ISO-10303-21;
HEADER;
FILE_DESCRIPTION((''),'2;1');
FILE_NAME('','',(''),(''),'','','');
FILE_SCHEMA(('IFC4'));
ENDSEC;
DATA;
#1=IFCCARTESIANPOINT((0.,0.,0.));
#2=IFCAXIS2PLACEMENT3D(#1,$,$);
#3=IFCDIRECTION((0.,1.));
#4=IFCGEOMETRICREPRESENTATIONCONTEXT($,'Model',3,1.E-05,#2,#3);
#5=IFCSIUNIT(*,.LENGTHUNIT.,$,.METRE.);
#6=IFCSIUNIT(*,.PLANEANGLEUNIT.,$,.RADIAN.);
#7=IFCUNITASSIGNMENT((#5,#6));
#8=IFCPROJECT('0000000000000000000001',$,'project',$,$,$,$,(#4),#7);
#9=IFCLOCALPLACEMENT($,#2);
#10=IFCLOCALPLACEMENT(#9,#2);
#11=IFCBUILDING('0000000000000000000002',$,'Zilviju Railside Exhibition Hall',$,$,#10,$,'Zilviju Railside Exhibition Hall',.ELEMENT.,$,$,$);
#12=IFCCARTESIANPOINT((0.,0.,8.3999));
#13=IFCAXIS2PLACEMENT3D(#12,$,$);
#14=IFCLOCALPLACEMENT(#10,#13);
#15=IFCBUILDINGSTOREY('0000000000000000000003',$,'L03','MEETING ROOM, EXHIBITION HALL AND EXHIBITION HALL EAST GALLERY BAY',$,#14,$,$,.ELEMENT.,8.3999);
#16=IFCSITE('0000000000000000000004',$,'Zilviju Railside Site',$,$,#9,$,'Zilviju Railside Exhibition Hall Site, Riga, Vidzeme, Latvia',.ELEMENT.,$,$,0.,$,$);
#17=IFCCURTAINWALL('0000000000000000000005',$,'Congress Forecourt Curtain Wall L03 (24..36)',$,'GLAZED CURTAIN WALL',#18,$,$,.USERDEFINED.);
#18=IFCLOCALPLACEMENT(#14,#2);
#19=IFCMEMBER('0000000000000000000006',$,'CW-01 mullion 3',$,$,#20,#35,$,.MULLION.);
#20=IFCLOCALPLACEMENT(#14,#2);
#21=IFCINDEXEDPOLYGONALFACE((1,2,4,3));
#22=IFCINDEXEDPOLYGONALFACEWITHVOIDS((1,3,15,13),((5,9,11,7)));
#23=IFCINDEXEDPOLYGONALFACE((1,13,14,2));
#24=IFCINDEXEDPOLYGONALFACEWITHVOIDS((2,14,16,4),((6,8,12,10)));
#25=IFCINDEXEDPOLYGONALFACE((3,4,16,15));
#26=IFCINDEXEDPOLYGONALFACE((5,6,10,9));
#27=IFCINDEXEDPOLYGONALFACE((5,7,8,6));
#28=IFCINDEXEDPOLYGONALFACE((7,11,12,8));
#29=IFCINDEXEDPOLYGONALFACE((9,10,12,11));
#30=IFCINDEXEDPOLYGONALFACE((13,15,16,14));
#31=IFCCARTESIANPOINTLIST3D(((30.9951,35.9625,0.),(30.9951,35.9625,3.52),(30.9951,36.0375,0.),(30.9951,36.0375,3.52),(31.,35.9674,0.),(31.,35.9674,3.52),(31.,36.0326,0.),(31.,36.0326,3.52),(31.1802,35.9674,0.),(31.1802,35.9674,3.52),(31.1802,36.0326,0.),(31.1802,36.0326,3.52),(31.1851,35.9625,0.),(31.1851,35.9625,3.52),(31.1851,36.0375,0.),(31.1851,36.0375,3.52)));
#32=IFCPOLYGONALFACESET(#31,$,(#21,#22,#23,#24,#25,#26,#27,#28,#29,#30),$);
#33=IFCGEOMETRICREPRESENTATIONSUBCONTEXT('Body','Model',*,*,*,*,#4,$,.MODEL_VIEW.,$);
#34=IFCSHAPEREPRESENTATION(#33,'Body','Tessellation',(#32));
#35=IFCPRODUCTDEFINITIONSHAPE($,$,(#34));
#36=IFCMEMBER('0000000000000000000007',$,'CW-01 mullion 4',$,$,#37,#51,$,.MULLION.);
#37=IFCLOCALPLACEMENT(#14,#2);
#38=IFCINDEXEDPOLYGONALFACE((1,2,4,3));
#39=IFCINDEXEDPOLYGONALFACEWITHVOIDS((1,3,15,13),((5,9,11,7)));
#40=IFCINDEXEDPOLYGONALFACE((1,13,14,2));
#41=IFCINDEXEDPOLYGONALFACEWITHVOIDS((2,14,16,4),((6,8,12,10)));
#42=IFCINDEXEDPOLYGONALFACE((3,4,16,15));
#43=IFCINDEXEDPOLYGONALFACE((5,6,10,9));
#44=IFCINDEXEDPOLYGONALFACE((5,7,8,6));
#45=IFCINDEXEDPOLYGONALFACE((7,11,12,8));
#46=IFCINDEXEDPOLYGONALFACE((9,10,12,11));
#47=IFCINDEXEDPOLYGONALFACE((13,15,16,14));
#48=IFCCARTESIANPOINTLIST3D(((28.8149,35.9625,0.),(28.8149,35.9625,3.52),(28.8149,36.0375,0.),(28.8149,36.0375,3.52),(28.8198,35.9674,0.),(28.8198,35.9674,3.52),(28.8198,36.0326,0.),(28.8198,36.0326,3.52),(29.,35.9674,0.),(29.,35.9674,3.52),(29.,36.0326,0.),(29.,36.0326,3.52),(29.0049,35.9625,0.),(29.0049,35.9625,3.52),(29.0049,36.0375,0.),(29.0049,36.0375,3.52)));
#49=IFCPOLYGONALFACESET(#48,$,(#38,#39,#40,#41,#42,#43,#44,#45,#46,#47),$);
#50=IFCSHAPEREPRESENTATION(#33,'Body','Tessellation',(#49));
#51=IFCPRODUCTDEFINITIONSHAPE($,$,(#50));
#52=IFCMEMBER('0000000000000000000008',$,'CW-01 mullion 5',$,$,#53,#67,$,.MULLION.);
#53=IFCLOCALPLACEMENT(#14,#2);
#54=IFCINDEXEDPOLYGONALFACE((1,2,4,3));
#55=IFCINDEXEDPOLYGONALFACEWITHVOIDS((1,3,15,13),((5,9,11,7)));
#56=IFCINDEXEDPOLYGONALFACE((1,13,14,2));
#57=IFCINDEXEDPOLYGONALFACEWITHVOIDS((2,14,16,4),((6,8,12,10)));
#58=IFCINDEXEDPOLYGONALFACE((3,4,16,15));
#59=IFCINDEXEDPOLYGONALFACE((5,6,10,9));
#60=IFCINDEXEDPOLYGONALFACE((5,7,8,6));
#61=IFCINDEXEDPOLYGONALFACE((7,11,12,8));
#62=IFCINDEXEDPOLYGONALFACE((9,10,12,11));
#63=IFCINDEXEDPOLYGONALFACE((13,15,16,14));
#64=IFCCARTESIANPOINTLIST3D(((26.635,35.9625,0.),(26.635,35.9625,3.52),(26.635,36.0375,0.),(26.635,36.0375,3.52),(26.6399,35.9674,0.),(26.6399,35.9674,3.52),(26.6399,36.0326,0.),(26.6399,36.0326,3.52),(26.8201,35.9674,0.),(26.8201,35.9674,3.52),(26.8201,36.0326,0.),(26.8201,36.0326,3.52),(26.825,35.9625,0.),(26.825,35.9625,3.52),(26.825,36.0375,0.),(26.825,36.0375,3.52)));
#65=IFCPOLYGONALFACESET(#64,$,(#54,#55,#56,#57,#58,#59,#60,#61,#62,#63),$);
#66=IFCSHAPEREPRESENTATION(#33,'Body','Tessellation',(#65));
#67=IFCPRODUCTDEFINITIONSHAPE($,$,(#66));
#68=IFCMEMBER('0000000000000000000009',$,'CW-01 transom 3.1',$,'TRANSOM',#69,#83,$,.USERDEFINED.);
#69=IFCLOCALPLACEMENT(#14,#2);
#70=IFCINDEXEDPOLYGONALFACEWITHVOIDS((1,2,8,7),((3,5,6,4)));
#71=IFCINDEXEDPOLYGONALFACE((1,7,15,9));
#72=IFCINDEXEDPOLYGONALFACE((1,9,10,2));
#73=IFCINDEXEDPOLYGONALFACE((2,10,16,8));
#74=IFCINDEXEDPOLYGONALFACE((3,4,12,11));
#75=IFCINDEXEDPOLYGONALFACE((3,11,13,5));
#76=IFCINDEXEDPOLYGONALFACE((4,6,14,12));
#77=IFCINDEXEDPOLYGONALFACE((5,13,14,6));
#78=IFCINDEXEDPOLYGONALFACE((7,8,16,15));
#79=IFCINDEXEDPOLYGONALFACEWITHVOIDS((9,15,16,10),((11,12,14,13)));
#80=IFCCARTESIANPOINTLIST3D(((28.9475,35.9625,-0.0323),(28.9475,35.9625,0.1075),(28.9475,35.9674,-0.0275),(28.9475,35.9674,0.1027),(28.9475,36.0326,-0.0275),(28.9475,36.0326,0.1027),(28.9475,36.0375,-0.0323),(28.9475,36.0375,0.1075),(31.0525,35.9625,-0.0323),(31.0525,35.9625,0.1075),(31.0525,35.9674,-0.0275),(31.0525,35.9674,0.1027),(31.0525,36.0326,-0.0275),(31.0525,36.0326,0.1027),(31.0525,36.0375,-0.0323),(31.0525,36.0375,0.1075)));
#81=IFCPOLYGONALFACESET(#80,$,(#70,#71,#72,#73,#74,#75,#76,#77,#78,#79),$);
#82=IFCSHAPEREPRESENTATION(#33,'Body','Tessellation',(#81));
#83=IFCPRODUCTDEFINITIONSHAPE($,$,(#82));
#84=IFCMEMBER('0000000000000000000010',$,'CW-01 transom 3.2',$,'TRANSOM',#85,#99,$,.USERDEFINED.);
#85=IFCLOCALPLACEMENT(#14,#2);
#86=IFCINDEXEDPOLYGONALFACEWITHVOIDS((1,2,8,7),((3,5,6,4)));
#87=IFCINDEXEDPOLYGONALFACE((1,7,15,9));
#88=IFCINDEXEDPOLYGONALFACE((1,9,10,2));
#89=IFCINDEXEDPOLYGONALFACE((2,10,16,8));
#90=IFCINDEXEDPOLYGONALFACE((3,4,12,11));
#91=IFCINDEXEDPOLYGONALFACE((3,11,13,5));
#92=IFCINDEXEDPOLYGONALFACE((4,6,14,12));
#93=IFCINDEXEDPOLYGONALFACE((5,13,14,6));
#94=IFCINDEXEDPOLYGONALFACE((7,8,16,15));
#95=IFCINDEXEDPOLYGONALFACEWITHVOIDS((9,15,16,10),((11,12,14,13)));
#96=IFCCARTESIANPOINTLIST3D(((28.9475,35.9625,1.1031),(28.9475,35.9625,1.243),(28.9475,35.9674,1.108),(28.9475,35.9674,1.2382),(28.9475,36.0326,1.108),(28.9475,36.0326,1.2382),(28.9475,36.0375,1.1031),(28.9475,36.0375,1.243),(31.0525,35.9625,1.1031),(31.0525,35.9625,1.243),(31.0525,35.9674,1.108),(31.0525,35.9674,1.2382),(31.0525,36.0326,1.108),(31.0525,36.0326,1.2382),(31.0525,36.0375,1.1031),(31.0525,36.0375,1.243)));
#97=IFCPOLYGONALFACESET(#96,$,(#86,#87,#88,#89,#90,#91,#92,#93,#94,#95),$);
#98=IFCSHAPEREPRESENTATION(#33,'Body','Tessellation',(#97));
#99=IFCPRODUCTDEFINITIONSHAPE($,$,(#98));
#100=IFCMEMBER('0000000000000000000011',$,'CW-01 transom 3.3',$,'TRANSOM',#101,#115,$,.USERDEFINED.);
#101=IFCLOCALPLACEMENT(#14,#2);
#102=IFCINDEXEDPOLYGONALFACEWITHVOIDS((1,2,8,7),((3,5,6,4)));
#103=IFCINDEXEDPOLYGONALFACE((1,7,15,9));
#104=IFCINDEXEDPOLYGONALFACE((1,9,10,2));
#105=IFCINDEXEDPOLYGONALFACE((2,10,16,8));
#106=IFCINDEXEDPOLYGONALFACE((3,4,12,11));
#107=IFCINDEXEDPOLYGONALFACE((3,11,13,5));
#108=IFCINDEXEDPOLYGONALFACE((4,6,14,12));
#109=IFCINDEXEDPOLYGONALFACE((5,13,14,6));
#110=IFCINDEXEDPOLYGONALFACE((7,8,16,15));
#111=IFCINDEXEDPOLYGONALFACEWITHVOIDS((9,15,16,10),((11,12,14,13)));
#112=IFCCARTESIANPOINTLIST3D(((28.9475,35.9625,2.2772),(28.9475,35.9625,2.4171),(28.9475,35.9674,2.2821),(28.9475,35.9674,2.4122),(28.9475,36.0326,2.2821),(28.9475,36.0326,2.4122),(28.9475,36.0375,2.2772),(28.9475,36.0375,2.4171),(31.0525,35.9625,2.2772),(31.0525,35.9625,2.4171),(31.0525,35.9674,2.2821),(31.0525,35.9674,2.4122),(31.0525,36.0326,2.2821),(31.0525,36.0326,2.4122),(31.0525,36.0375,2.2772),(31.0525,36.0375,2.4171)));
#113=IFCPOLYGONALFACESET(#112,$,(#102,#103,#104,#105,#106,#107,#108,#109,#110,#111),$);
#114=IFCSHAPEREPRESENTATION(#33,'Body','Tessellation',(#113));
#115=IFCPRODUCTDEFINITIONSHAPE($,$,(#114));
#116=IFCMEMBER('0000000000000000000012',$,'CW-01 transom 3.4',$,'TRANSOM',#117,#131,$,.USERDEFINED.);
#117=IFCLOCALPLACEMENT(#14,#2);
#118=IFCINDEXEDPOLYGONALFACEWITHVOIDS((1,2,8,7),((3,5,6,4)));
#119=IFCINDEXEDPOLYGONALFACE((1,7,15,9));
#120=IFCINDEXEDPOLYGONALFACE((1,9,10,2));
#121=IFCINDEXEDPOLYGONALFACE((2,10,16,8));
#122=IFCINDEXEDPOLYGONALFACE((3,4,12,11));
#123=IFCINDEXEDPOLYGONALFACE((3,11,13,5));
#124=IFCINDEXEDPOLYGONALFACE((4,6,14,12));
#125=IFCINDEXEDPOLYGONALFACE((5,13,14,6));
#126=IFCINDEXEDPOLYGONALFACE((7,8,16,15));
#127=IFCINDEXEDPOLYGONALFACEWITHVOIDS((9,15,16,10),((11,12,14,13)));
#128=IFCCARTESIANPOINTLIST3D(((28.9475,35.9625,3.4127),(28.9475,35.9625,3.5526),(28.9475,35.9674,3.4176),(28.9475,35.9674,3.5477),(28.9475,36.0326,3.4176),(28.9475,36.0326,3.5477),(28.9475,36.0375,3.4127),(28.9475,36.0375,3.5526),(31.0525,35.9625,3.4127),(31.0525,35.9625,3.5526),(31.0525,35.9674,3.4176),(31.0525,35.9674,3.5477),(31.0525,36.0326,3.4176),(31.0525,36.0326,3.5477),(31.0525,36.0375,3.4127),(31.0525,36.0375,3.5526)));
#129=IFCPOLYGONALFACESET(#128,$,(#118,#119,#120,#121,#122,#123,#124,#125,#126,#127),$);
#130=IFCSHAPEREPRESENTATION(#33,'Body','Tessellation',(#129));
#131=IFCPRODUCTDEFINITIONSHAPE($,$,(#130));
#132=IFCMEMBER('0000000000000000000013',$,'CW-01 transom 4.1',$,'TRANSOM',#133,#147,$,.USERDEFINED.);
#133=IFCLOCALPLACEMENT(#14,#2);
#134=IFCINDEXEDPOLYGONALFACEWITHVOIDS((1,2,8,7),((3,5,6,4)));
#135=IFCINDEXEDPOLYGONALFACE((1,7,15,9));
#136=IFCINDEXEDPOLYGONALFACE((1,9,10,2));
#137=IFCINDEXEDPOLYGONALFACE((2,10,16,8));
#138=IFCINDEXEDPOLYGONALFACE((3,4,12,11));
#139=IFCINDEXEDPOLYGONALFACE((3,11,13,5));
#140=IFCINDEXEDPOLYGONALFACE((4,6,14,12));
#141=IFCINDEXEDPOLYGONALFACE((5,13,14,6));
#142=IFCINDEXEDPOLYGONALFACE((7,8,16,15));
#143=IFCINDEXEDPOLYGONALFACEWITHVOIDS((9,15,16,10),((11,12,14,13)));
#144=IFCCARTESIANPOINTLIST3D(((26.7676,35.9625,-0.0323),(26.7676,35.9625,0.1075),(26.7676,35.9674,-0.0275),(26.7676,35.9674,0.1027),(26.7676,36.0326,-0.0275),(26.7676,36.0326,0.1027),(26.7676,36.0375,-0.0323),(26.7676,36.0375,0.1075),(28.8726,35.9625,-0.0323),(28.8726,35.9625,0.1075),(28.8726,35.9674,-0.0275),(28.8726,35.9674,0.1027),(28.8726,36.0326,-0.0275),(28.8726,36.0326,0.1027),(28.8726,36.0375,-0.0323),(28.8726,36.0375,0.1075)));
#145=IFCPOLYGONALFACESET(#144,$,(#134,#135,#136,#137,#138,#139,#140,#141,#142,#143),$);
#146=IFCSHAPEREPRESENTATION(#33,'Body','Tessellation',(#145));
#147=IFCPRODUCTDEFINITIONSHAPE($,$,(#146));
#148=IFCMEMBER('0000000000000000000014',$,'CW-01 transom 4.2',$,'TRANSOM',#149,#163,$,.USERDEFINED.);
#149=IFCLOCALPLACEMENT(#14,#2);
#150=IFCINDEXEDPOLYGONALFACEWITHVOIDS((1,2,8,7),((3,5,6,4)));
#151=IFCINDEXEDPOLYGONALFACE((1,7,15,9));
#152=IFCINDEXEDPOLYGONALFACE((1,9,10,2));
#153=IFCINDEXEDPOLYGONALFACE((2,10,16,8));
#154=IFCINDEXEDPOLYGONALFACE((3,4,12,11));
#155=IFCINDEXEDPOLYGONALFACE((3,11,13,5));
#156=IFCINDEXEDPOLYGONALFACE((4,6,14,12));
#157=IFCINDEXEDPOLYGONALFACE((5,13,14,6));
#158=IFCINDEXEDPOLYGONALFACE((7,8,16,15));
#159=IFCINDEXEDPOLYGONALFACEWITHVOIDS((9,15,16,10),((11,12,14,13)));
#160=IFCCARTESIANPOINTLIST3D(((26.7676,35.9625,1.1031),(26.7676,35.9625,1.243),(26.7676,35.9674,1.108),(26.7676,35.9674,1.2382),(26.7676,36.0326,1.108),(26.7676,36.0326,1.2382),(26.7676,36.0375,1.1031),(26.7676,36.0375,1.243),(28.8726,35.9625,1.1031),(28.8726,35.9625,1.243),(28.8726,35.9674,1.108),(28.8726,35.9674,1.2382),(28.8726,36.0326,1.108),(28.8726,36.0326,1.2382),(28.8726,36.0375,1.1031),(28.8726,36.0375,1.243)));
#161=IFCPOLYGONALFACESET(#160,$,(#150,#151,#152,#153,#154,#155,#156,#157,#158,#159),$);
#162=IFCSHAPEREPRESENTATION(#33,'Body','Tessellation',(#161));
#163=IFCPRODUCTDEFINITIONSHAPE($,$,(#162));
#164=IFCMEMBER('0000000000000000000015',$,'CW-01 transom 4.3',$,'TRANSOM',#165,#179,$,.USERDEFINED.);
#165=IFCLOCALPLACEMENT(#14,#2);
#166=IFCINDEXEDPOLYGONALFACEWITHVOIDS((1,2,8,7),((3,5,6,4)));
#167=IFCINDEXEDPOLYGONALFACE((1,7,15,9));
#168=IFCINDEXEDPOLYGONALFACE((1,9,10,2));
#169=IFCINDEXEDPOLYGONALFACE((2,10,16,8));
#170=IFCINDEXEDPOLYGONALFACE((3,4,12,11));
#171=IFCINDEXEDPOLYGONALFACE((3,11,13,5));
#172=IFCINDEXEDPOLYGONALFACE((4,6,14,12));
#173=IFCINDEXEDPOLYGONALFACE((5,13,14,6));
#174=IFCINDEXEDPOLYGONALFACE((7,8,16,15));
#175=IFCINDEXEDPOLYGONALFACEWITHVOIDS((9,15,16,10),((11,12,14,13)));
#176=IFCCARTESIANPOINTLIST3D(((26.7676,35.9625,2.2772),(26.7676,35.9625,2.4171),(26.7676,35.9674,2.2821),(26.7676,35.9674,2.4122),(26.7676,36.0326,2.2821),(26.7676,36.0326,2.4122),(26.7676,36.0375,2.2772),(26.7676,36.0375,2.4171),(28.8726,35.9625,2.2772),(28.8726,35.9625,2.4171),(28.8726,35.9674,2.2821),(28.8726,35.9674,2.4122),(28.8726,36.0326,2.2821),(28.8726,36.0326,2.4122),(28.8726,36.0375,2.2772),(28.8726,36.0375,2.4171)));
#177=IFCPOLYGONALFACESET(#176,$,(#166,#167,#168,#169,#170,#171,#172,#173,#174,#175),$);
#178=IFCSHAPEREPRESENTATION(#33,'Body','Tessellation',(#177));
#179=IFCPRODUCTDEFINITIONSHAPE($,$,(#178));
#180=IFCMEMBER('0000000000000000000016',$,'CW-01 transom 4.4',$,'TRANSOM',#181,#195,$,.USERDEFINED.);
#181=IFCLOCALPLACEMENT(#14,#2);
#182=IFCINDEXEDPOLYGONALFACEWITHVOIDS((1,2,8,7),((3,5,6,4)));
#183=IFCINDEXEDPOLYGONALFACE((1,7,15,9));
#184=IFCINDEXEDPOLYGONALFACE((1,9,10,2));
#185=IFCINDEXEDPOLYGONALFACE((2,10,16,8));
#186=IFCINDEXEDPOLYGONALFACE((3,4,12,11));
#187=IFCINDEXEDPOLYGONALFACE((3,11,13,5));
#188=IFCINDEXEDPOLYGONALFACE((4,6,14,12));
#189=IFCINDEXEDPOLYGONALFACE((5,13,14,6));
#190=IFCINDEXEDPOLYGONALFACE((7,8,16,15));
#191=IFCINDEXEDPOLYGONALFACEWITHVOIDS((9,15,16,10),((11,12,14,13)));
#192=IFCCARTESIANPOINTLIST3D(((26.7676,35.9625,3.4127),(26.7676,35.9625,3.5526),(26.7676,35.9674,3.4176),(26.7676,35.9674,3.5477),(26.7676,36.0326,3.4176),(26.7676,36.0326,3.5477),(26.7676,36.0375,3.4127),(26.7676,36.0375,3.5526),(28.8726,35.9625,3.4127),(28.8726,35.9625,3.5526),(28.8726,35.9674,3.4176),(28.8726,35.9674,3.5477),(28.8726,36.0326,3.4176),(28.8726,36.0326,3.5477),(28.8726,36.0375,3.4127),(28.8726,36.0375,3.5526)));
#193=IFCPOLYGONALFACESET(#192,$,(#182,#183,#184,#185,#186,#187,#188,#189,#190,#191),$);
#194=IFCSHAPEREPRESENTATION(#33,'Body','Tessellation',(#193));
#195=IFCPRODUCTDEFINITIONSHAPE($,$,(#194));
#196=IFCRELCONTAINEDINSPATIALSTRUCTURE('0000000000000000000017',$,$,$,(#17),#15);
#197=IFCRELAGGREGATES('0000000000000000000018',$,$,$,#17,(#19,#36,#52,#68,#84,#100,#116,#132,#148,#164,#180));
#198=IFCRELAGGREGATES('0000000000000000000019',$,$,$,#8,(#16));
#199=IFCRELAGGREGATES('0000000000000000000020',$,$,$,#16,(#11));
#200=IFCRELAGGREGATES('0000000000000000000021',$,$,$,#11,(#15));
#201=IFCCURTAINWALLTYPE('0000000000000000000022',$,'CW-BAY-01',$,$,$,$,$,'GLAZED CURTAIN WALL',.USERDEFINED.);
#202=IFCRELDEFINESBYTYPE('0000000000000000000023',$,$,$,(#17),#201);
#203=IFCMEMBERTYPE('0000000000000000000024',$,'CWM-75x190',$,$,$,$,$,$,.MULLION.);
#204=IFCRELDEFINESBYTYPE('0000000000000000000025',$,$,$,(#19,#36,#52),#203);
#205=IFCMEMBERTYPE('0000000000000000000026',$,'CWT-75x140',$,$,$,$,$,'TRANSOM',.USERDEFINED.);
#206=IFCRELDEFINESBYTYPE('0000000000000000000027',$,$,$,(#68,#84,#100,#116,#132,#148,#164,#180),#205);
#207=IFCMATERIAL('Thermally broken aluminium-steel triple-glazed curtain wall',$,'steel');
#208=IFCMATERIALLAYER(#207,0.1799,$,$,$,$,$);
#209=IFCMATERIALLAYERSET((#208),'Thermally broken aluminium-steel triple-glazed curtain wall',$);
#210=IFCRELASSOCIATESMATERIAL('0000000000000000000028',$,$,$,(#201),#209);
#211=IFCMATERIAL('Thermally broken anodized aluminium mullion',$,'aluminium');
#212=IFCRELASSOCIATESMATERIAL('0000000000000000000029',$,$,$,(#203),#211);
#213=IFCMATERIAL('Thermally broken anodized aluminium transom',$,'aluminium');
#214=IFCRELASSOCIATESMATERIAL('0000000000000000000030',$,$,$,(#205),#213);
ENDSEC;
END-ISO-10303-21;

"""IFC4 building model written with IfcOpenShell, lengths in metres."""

from ifc_helpers import new_model, si_unit, direction, frame, origin, origin_2d, place, context, subcontext, project, spatial, hollow_rectangle, extrude, material, layer, layer_set, material_profile, profile_set, type_object, element, aggregate, save


model = new_model("IFC4")

# Units and contexts
model_context = context("Model", 3, precision=1e-05, world=origin(), true_north=direction((0.0, 1.0)))
body_context = subcontext(model_context, "Body", "Model", "MODEL_VIEW")
ifc_project = project(units=[si_unit("LENGTHUNIT", "METRE"), si_unit("PLANEANGLEUNIT", "RADIAN")], contexts=[model_context])

# Site, building, storey
site_placement = place(None, origin())
site = spatial("IfcSite", under=ifc_project, at=site_placement, Name="Zilviju Railside Site", LongName="Zilviju Railside Exhibition Hall Site, Riga, Vidzeme, Latvia", CompositionType="ELEMENT", RefElevation=0.0)
building_placement = place(site_placement, origin())
building = spatial("IfcBuilding", under=site, at=building_placement, Name="Zilviju Railside Exhibition Hall", LongName="Zilviju Railside Exhibition Hall", CompositionType="ELEMENT")
storey_placement = place(building_placement, frame((0.0, 0.0, 8.3999)))
storey = spatial("IfcBuildingStorey", under=building, at=storey_placement, Name="L03", Description="MEETING ROOM, EXHIBITION HALL AND EXHIBITION HALL EAST GALLERY BAY", CompositionType="ELEMENT", Elevation=8.3999)

# Curtain wall, members
ifc_material_1 = material(Name="Thermally broken aluminium-steel triple-glazed curtain wall", Category="steel")
ifc_layer_1 = layer(ifc_material_1, 0.1799)
ifc_layer_set_1 = layer_set([ifc_layer_1], Name="Thermally broken aluminium-steel triple-glazed curtain wall")
curtain_wall_type = type_object("IfcCurtainWallType", Name="CW-BAY-01", ElementType="GLAZED CURTAIN WALL", PredefinedType="USERDEFINED", material=ifc_layer_set_1)
curtain_wall_placement = place(storey_placement, origin())
curtain_wall = element("IfcCurtainWall", 1, at=curtain_wall_placement, inside=storey, type_object=curtain_wall_type, Name="Congress Forecourt Curtain Wall L03 (24..36)", ObjectType="GLAZED CURTAIN WALL", PredefinedType="USERDEFINED")
ifc_material_2 = material(Name="Thermally broken anodized aluminium mullion", Category="aluminium")
ifc_material_profile_1 = material_profile(ifc_material_2, hollow_rectangle(XDim=0.075, YDim=0.1899, WallThickness=0.0049, at=origin_2d()), Name="MULLION 190x75x5")
ifc_profile_set_1 = profile_set([ifc_material_profile_1], Name="Thermally broken anodized aluminium mullion")
member_type_1 = type_object("IfcMemberType", Name="CWM-75x190", PredefinedType="MULLION", material=ifc_profile_set_1)
member_1_placement = place(storey_placement, frame((31.0901, 36.0, 0.0), z_axis=(0.0, 0.0, 1.0), x_axis=(0.0, -1.0, 0.0)))
member_1 = element("IfcMember", 2, at=member_1_placement, type_object=member_type_1, Name="CW-01 mullion 3", PredefinedType="MULLION", context=body_context, shape_type="SweptSolid", body=[
    extrude(hollow_rectangle(XDim=0.075, YDim=0.1899, WallThickness=0.0049, at=origin_2d()), origin(), (0.0, 0.0, 1.0), 3.52),
])
member_2_placement = place(storey_placement, frame((28.9099, 36.0, 0.0), z_axis=(0.0, 0.0, 1.0), x_axis=(0.0, -1.0, 0.0)))
member_2 = element("IfcMember", 3, at=member_2_placement, type_object=member_type_1, Name="CW-01 mullion 4", PredefinedType="MULLION", context=body_context, shape_type="SweptSolid", body=[
    extrude(hollow_rectangle(XDim=0.075, YDim=0.1899, WallThickness=0.0049, at=origin_2d()), origin(), (0.0, 0.0, 1.0), 3.52),
])
member_3_placement = place(storey_placement, frame((26.73, 36.0, 0.0), z_axis=(0.0, 0.0, 1.0), x_axis=(0.0, -1.0, 0.0)))
member_3 = element("IfcMember", 4, at=member_3_placement, type_object=member_type_1, Name="CW-01 mullion 5", PredefinedType="MULLION", context=body_context, shape_type="SweptSolid", body=[
    extrude(hollow_rectangle(XDim=0.075, YDim=0.1899, WallThickness=0.0049, at=origin_2d()), origin(), (0.0, 0.0, 1.0), 3.52),
])
ifc_material_3 = material(Name="Thermally broken anodized aluminium transom", Category="aluminium")
ifc_material_profile_2 = material_profile(ifc_material_3, hollow_rectangle(XDim=0.075, YDim=0.1399, WallThickness=0.0049, at=origin_2d()), Name="TRANSOM 140x75x5")
ifc_profile_set_2 = profile_set([ifc_material_profile_2], Name="Thermally broken anodized aluminium transom")
member_type_2 = type_object("IfcMemberType", Name="CWT-75x140", ElementType="TRANSOM", PredefinedType="USERDEFINED", material=ifc_profile_set_2)
member_4_placement = place(storey_placement, frame((31.0525, 36.0, 0.0376), z_axis=(-1.0, 0.0, 0.0), x_axis=(0.0, -1.0, 0.0)))
member_4 = element("IfcMember", 5, at=member_4_placement, type_object=member_type_2, Name="CW-01 transom 3.1", ObjectType="TRANSOM", PredefinedType="USERDEFINED", context=body_context, shape_type="SweptSolid", body=[
    extrude(hollow_rectangle(XDim=0.075, YDim=0.1399, WallThickness=0.0049, at=origin_2d()), origin(), (0.0, 0.0, 1.0), 2.105),
])
member_5_placement = place(storey_placement, frame((31.0525, 36.0, 1.1731), z_axis=(-1.0, 0.0, 0.0), x_axis=(0.0, -1.0, 0.0)))
member_5 = element("IfcMember", 6, at=member_5_placement, type_object=member_type_2, Name="CW-01 transom 3.2", ObjectType="TRANSOM", PredefinedType="USERDEFINED", context=body_context, shape_type="SweptSolid", body=[
    extrude(hollow_rectangle(XDim=0.075, YDim=0.1399, WallThickness=0.0049, at=origin_2d()), origin(), (0.0, 0.0, 1.0), 2.105),
])
member_6_placement = place(storey_placement, frame((31.0525, 36.0, 2.3472), z_axis=(-1.0, 0.0, 0.0), x_axis=(0.0, -1.0, 0.0)))
member_6 = element("IfcMember", 7, at=member_6_placement, type_object=member_type_2, Name="CW-01 transom 3.3", ObjectType="TRANSOM", PredefinedType="USERDEFINED", context=body_context, shape_type="SweptSolid", body=[
    extrude(hollow_rectangle(XDim=0.075, YDim=0.1399, WallThickness=0.0049, at=origin_2d()), origin(), (0.0, 0.0, 1.0), 2.105),
])
member_7_placement = place(storey_placement, frame((31.0525, 36.0, 3.4827), z_axis=(-1.0, 0.0, 0.0), x_axis=(0.0, -1.0, 0.0)))
member_7 = element("IfcMember", 8, at=member_7_placement, type_object=member_type_2, Name="CW-01 transom 3.4", ObjectType="TRANSOM", PredefinedType="USERDEFINED", context=body_context, shape_type="SweptSolid", body=[
    extrude(hollow_rectangle(XDim=0.075, YDim=0.1399, WallThickness=0.0049, at=origin_2d()), origin(), (0.0, 0.0, 1.0), 2.105),
])
member_8_placement = place(storey_placement, frame((28.8726, 36.0, 0.0376), z_axis=(-1.0, 0.0, 0.0), x_axis=(0.0, -1.0, 0.0)))
member_8 = element("IfcMember", 9, at=member_8_placement, type_object=member_type_2, Name="CW-01 transom 4.1", ObjectType="TRANSOM", PredefinedType="USERDEFINED", context=body_context, shape_type="SweptSolid", body=[
    extrude(hollow_rectangle(XDim=0.075, YDim=0.1399, WallThickness=0.0049, at=origin_2d()), origin(), (0.0, 0.0, 1.0), 2.105),
])
member_9_placement = place(storey_placement, frame((28.8726, 36.0, 1.1731), z_axis=(-1.0, 0.0, 0.0), x_axis=(0.0, -1.0, 0.0)))
member_9 = element("IfcMember", 10, at=member_9_placement, type_object=member_type_2, Name="CW-01 transom 4.2", ObjectType="TRANSOM", PredefinedType="USERDEFINED", context=body_context, shape_type="SweptSolid", body=[
    extrude(hollow_rectangle(XDim=0.075, YDim=0.1399, WallThickness=0.0049, at=origin_2d()), origin(), (0.0, 0.0, 1.0), 2.105),
])
member_10_placement = place(storey_placement, frame((28.8726, 36.0, 2.3472), z_axis=(-1.0, 0.0, 0.0), x_axis=(0.0, -1.0, 0.0)))
member_10 = element("IfcMember", 11, at=member_10_placement, type_object=member_type_2, Name="CW-01 transom 4.3", ObjectType="TRANSOM", PredefinedType="USERDEFINED", context=body_context, shape_type="SweptSolid", body=[
    extrude(hollow_rectangle(XDim=0.075, YDim=0.1399, WallThickness=0.0049, at=origin_2d()), origin(), (0.0, 0.0, 1.0), 2.105),
])
member_11_placement = place(storey_placement, frame((28.8726, 36.0, 3.4827), z_axis=(-1.0, 0.0, 0.0), x_axis=(0.0, -1.0, 0.0)))
member_11 = element("IfcMember", 12, at=member_11_placement, type_object=member_type_2, Name="CW-01 transom 4.4", ObjectType="TRANSOM", PredefinedType="USERDEFINED", context=body_context, shape_type="SweptSolid", body=[
    extrude(hollow_rectangle(XDim=0.075, YDim=0.1399, WallThickness=0.0049, at=origin_2d()), origin(), (0.0, 0.0, 1.0), 2.105),
])
aggregate(curtain_wall, [member_1, member_2, member_3, member_4, member_5, member_6, member_7, member_8, member_9, member_10, member_11])

save(model, "model.ifc")
